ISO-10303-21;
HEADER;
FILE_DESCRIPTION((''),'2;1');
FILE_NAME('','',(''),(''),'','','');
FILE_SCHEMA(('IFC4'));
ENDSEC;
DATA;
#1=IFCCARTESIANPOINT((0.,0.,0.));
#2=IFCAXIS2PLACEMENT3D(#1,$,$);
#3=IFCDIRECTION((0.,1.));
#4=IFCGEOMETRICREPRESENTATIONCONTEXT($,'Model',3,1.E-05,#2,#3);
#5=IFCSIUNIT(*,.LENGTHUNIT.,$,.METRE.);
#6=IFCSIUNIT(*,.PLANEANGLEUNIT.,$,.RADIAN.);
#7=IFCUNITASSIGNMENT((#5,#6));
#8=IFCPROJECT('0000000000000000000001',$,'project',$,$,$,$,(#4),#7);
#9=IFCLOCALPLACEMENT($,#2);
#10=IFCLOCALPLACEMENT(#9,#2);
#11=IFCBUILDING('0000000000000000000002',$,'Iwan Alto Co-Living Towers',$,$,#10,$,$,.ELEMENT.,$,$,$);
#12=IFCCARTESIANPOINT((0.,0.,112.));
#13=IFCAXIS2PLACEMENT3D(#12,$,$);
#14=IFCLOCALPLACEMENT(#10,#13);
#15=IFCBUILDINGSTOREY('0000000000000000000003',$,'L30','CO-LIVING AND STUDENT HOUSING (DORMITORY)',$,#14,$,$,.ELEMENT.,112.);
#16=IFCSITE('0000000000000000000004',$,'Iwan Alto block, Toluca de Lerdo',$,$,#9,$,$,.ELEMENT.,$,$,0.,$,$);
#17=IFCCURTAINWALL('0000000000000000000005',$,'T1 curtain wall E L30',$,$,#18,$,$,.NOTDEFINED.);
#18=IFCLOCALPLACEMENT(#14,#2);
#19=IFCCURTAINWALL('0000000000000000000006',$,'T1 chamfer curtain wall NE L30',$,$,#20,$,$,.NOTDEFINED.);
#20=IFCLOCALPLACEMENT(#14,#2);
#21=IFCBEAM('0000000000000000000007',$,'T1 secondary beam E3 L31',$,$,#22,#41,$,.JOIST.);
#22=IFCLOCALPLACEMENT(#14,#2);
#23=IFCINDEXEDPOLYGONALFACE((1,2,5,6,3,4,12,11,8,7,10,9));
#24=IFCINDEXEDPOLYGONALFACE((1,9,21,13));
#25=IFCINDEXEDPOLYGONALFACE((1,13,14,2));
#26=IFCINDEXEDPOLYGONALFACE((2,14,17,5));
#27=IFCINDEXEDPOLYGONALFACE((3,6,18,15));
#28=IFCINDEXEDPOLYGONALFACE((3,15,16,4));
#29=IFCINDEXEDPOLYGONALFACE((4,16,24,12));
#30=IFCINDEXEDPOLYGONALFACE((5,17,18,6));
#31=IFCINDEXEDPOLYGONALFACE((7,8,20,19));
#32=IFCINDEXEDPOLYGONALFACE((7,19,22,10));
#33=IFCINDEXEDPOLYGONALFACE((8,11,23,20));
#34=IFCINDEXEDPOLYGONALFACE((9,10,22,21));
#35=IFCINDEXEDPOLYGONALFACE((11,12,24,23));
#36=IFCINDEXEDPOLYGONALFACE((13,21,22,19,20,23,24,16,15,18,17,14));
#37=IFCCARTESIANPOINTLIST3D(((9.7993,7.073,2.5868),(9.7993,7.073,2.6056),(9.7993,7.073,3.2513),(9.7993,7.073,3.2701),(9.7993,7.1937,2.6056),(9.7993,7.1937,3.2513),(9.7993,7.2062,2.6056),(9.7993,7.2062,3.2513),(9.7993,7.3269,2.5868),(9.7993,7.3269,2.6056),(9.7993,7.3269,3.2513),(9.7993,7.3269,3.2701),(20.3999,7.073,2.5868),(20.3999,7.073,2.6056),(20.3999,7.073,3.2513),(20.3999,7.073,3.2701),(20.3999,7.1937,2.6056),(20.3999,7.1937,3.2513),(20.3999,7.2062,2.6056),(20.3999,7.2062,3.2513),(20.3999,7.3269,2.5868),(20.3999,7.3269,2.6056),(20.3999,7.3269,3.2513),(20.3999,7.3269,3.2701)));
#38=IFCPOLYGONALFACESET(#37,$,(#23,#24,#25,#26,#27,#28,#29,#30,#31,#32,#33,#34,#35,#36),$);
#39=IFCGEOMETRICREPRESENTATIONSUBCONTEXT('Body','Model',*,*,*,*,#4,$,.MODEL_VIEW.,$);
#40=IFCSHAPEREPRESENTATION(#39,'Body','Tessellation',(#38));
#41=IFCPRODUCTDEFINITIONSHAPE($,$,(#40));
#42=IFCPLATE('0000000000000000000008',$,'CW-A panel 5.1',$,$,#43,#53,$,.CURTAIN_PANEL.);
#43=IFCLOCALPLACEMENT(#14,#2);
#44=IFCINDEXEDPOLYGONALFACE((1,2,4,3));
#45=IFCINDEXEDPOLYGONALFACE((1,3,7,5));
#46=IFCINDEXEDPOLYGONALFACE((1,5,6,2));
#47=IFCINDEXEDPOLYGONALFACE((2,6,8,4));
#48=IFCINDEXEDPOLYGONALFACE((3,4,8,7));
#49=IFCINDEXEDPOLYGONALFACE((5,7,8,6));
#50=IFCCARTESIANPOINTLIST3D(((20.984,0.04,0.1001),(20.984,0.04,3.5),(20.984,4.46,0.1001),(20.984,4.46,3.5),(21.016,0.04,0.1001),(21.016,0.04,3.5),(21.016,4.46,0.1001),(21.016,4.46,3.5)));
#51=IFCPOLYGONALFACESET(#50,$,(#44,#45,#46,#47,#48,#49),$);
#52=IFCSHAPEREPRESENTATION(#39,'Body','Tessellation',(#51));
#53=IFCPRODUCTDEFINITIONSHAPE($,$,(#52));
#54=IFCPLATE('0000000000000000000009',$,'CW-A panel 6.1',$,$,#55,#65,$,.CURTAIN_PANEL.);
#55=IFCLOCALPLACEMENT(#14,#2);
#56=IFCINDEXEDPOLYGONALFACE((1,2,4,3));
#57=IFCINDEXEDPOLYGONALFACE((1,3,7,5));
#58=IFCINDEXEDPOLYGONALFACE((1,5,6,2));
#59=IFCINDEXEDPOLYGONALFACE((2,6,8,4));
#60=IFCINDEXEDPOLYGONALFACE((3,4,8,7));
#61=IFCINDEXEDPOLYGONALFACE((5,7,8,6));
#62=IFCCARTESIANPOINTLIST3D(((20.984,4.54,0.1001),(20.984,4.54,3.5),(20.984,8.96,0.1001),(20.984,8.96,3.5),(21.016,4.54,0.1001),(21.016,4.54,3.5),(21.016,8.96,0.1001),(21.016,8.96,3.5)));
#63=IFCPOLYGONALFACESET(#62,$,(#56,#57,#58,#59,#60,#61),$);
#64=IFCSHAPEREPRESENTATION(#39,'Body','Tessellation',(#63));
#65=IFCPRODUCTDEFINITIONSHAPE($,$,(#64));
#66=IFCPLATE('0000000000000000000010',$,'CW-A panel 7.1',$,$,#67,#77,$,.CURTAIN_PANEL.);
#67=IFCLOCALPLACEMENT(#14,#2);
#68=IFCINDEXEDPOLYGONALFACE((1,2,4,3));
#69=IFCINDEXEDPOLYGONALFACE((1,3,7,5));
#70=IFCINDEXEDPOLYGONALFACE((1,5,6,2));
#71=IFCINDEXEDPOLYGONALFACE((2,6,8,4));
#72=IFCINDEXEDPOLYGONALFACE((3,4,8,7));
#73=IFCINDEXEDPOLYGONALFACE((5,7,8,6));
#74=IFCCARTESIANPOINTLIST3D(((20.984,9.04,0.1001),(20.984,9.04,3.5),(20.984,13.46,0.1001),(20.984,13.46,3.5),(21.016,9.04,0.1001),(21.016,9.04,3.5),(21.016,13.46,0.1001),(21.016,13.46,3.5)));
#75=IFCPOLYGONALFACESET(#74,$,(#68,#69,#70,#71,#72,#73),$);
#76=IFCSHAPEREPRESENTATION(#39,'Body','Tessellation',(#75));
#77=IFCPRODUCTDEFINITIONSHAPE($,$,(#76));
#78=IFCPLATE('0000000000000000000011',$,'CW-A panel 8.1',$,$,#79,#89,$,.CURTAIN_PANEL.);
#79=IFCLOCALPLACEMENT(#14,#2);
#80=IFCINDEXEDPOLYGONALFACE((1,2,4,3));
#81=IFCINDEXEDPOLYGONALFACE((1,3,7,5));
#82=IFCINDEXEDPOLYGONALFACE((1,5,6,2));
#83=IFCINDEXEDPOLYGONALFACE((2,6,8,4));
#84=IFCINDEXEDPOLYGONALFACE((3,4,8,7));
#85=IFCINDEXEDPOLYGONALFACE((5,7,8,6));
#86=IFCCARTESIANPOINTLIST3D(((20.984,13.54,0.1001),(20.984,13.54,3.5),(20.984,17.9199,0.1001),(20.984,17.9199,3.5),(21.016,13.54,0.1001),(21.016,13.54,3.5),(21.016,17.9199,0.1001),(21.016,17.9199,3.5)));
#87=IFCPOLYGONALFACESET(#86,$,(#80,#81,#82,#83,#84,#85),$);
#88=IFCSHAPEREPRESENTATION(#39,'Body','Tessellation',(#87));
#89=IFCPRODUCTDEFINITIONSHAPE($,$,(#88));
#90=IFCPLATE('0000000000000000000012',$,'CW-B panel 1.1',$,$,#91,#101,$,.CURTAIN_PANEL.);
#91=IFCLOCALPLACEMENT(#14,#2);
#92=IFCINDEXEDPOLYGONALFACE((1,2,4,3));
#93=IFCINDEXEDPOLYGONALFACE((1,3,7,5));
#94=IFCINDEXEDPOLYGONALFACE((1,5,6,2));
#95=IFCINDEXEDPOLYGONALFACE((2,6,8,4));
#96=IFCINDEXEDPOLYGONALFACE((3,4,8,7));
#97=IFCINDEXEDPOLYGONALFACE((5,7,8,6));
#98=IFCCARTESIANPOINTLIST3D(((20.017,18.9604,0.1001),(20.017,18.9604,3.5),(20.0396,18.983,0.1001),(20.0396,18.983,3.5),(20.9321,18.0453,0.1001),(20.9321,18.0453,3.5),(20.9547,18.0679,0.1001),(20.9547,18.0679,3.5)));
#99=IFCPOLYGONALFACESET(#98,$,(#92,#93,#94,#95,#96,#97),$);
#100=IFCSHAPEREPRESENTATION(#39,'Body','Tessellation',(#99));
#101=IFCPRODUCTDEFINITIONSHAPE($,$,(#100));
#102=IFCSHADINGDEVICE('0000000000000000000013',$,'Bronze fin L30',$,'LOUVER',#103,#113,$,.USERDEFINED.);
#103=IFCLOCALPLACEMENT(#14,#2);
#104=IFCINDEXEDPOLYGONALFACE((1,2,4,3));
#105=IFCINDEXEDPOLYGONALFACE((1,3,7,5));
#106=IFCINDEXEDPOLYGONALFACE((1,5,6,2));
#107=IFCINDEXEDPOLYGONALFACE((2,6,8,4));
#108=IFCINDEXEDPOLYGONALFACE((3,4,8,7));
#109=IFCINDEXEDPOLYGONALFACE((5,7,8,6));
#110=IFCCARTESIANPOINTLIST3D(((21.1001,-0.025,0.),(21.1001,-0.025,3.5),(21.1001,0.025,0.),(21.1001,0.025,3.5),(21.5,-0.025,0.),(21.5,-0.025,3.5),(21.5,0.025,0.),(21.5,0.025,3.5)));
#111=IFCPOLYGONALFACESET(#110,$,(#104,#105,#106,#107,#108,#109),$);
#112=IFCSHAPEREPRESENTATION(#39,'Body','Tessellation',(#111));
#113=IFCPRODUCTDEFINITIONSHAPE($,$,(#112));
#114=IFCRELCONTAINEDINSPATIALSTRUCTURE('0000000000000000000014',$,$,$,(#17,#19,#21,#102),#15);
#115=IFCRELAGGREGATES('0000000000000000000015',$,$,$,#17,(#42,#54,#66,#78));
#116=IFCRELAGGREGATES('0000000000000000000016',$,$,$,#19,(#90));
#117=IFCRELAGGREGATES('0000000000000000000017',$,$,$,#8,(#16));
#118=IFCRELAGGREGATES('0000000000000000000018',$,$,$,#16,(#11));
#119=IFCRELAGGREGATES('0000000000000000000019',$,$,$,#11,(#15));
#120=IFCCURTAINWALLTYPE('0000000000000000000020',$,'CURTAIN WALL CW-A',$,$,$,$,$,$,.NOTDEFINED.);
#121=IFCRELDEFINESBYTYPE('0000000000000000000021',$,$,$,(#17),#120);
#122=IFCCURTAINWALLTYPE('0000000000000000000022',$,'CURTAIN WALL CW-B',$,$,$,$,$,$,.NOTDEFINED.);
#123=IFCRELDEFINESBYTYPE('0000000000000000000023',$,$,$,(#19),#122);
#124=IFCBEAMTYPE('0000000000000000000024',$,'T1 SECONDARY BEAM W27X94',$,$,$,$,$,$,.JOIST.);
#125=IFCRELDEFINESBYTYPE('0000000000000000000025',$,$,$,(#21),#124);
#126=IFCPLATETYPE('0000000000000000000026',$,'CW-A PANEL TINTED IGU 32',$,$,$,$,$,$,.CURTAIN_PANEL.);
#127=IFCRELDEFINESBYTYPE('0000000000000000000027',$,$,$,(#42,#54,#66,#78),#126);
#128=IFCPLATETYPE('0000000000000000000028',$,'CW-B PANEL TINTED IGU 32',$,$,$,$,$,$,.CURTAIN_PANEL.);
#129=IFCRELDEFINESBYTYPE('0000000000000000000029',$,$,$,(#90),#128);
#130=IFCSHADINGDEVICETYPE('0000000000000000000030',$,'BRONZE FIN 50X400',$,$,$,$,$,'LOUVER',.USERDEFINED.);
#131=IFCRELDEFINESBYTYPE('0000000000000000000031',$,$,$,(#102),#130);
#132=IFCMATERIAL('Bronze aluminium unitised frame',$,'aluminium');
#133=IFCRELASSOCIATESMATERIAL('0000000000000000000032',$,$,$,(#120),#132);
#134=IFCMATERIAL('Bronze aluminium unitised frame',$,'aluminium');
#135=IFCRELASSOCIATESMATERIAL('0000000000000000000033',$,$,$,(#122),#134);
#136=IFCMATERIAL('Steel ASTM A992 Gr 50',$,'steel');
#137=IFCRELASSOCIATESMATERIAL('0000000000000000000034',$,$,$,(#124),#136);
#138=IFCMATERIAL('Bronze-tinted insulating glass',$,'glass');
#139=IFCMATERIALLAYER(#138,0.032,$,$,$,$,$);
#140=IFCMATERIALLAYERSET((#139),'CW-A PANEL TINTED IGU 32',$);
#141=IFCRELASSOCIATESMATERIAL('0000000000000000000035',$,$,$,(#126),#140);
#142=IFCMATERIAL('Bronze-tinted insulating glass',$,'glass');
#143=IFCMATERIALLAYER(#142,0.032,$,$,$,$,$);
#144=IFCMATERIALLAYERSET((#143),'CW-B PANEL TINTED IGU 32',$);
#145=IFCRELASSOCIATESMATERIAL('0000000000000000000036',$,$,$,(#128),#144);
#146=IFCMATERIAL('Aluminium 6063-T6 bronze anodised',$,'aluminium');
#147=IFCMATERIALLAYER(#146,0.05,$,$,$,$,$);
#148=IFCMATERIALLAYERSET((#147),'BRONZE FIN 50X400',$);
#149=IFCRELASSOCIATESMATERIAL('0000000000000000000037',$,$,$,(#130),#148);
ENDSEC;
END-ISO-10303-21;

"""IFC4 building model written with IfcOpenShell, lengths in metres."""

from ifc_helpers import new_model, si_unit, direction, frame, origin, origin_2d, place, context, subcontext, project, spatial, rectangle, i_section, extrude, material, layer, layer_set, material_profile, profile_set, type_object, element, aggregate, save


model = new_model("IFC4")

# Units and contexts
model_context = context("Model", 3, precision=1e-05, world=origin(), true_north=direction((0.0, 1.0)))
body_context = subcontext(model_context, "Body", "Model", "MODEL_VIEW")
ifc_project = project(units=[si_unit("LENGTHUNIT", "METRE"), si_unit("PLANEANGLEUNIT", "RADIAN")], contexts=[model_context])

# Site, building, storey
site_placement = place(None, origin())
site = spatial("IfcSite", under=ifc_project, at=site_placement, Name="Iwan Alto block, Toluca de Lerdo", CompositionType="ELEMENT", RefElevation=0.0)
building_placement = place(site_placement, origin())
building = spatial("IfcBuilding", under=site, at=building_placement, Name="Iwan Alto Co-Living Towers", CompositionType="ELEMENT")
storey_placement = place(building_placement, frame((0.0, 0.0, 112.0)))
storey = spatial("IfcBuildingStorey", under=building, at=storey_placement, Name="L30", Description="CO-LIVING AND STUDENT HOUSING (DORMITORY)", CompositionType="ELEMENT", Elevation=112.0)

# Curtain walls
ifc_material_1 = material(Name="Bronze aluminium unitised frame", Category="aluminium")
curtain_wall_type_1 = type_object("IfcCurtainWallType", Name="CURTAIN WALL CW-A", PredefinedType="NOTDEFINED", material=ifc_material_1)
curtain_wall_1_placement = place(storey_placement, origin())
curtain_wall_1 = element("IfcCurtainWall", 1, at=curtain_wall_1_placement, inside=storey, type_object=curtain_wall_type_1, Name="T1 curtain wall E L30", PredefinedType="NOTDEFINED")
ifc_material_2 = material(Name="Bronze aluminium unitised frame", Category="aluminium")
curtain_wall_type_2 = type_object("IfcCurtainWallType", Name="CURTAIN WALL CW-B", PredefinedType="NOTDEFINED", material=ifc_material_2)
curtain_wall_2_placement = place(storey_placement, origin())
curtain_wall_2 = element("IfcCurtainWall", 2, at=curtain_wall_2_placement, inside=storey, type_object=curtain_wall_type_2, Name="T1 chamfer curtain wall NE L30", PredefinedType="NOTDEFINED")

# Beam
ifc_material_3 = material(Name="Steel ASTM A992 Gr 50", Category="steel")
ifc_material_profile_1 = material_profile(ifc_material_3, i_section(OverallWidth=0.2539, OverallDepth=0.6833, WebThickness=0.0125, FlangeThickness=0.0188, at=origin_2d()), Name="W27X94")
ifc_profile_set_1 = profile_set([ifc_material_profile_1], Name="Steel ASTM A992 Gr 50")
beam_type_1 = type_object("IfcBeamType", Name="T1 SECONDARY BEAM W27X94", PredefinedType="JOIST", material=ifc_profile_set_1)
beam_1_placement = place(storey_placement, frame((20.3999, 7.2, 2.9285), z_axis=(-1.0, 0.0, 0.0), x_axis=(0.0, -1.0, 0.0)))
element("IfcBeam", 3, at=beam_1_placement, inside=storey, type_object=beam_type_1, Name="T1 secondary beam E3 L31", PredefinedType="JOIST", context=body_context, shape_type="SweptSolid", body=[
    extrude(i_section(OverallWidth=0.2539, OverallDepth=0.6833, WebThickness=0.0125, FlangeThickness=0.0188, at=origin_2d()), origin(), (0.0, 0.0, 1.0), 10.6006),
])

# Plates
ifc_material_4 = material(Name="Bronze-tinted insulating glass", Category="glass")
ifc_layer_1 = layer(ifc_material_4, 0.032)
ifc_layer_set_1 = layer_set([ifc_layer_1], Name="CW-A PANEL TINTED IGU 32")
plate_type_1 = type_object("IfcPlateType", Name="CW-A PANEL TINTED IGU 32", PredefinedType="CURTAIN_PANEL", material=ifc_layer_set_1)
plate_1_placement = place(storey_placement, frame((21.0, 2.25, 0.1001), z_axis=(0.0, 0.0, 1.0), x_axis=(0.0, 1.0, 0.0)))
plate_1 = element("IfcPlate", 4, at=plate_1_placement, type_object=plate_type_1, Name="CW-A panel 5.1", PredefinedType="CURTAIN_PANEL", context=body_context, shape_type="SweptSolid", body=[
    extrude(rectangle(XDim=4.4199, YDim=0.032, at=origin_2d()), origin(), (0.0, 0.0, 1.0), 3.3999),
])
plate_2_placement = place(storey_placement, frame((21.0, 6.75, 0.1001), z_axis=(0.0, 0.0, 1.0), x_axis=(0.0, 1.0, 0.0)))
plate_2 = element("IfcPlate", 5, at=plate_2_placement, type_object=plate_type_1, Name="CW-A panel 6.1", PredefinedType="CURTAIN_PANEL", context=body_context, shape_type="SweptSolid", body=[
    extrude(rectangle(XDim=4.4199, YDim=0.032, at=origin_2d()), origin(), (0.0, 0.0, 1.0), 3.3999),
])
plate_3_placement = place(storey_placement, frame((21.0, 11.25, 0.1001), z_axis=(0.0, 0.0, 1.0), x_axis=(0.0, 1.0, 0.0)))
plate_3 = element("IfcPlate", 6, at=plate_3_placement, type_object=plate_type_1, Name="CW-A panel 7.1", PredefinedType="CURTAIN_PANEL", context=body_context, shape_type="SweptSolid", body=[
    extrude(rectangle(XDim=4.4199, YDim=0.032, at=origin_2d()), origin(), (0.0, 0.0, 1.0), 3.3999),
])
plate_4_placement = place(storey_placement, frame((21.0, 15.73, 0.1001), z_axis=(0.0, 0.0, 1.0), x_axis=(0.0, 1.0, 0.0)))
plate_4 = element("IfcPlate", 7, at=plate_4_placement, type_object=plate_type_1, Name="CW-A panel 8.1", PredefinedType="CURTAIN_PANEL", context=body_context, shape_type="SweptSolid", body=[
    extrude(rectangle(XDim=4.3799, YDim=0.032, at=origin_2d()), origin(), (0.0, 0.0, 1.0), 3.3999),
])
aggregate(curtain_wall_1, [plate_1, plate_2, plate_3, plate_4])
ifc_material_5 = material(Name="Bronze-tinted insulating glass", Category="glass")
ifc_layer_2 = layer(ifc_material_5, 0.032)
ifc_layer_set_2 = layer_set([ifc_layer_2], Name="CW-B PANEL TINTED IGU 32")
plate_type_2 = type_object("IfcPlateType", Name="CW-B PANEL TINTED IGU 32", PredefinedType="CURTAIN_PANEL", material=ifc_layer_set_2)
plate_5_placement = place(storey_placement, frame((20.4858, 18.5142, 0.1001), z_axis=(0.0, 0.0, 1.0), x_axis=(-0.707107, 0.707107, 0.0)))
plate_5 = element("IfcPlate", 8, at=plate_5_placement, type_object=plate_type_2, Name="CW-B panel 1.1", PredefinedType="CURTAIN_PANEL", context=body_context, shape_type="SweptSolid", body=[
    extrude(rectangle(XDim=1.2942, YDim=0.032, at=origin_2d()), origin(), (0.0, 0.0, 1.0), 3.3999),
])
aggregate(curtain_wall_2, [plate_5])

# Shading device
ifc_material_6 = material(Name="Aluminium 6063-T6 bronze anodised", Category="aluminium")
ifc_layer_3 = layer(ifc_material_6, 0.05)
ifc_layer_set_3 = layer_set([ifc_layer_3], Name="BRONZE FIN 50X400")
shading_device_type = type_object("IfcShadingDeviceType", Name="BRONZE FIN 50X400", ElementType="LOUVER", PredefinedType="USERDEFINED", material=ifc_layer_set_3)
shading_device_placement = place(storey_placement, frame((21.3, 0.0, 0.0), z_axis=(0.0, 0.0, 1.0), x_axis=(0.0, 1.0, 0.0)))
element("IfcShadingDevice", 9, at=shading_device_placement, inside=storey, type_object=shading_device_type, Name="Bronze fin L30", ObjectType="LOUVER", PredefinedType="USERDEFINED", context=body_context, shape_type="SweptSolid", body=[
    extrude(rectangle(XDim=0.05, YDim=0.3999, at=origin_2d()), origin(), (0.0, 0.0, 1.0), 3.5),
])

save(model, "model.ifc")
